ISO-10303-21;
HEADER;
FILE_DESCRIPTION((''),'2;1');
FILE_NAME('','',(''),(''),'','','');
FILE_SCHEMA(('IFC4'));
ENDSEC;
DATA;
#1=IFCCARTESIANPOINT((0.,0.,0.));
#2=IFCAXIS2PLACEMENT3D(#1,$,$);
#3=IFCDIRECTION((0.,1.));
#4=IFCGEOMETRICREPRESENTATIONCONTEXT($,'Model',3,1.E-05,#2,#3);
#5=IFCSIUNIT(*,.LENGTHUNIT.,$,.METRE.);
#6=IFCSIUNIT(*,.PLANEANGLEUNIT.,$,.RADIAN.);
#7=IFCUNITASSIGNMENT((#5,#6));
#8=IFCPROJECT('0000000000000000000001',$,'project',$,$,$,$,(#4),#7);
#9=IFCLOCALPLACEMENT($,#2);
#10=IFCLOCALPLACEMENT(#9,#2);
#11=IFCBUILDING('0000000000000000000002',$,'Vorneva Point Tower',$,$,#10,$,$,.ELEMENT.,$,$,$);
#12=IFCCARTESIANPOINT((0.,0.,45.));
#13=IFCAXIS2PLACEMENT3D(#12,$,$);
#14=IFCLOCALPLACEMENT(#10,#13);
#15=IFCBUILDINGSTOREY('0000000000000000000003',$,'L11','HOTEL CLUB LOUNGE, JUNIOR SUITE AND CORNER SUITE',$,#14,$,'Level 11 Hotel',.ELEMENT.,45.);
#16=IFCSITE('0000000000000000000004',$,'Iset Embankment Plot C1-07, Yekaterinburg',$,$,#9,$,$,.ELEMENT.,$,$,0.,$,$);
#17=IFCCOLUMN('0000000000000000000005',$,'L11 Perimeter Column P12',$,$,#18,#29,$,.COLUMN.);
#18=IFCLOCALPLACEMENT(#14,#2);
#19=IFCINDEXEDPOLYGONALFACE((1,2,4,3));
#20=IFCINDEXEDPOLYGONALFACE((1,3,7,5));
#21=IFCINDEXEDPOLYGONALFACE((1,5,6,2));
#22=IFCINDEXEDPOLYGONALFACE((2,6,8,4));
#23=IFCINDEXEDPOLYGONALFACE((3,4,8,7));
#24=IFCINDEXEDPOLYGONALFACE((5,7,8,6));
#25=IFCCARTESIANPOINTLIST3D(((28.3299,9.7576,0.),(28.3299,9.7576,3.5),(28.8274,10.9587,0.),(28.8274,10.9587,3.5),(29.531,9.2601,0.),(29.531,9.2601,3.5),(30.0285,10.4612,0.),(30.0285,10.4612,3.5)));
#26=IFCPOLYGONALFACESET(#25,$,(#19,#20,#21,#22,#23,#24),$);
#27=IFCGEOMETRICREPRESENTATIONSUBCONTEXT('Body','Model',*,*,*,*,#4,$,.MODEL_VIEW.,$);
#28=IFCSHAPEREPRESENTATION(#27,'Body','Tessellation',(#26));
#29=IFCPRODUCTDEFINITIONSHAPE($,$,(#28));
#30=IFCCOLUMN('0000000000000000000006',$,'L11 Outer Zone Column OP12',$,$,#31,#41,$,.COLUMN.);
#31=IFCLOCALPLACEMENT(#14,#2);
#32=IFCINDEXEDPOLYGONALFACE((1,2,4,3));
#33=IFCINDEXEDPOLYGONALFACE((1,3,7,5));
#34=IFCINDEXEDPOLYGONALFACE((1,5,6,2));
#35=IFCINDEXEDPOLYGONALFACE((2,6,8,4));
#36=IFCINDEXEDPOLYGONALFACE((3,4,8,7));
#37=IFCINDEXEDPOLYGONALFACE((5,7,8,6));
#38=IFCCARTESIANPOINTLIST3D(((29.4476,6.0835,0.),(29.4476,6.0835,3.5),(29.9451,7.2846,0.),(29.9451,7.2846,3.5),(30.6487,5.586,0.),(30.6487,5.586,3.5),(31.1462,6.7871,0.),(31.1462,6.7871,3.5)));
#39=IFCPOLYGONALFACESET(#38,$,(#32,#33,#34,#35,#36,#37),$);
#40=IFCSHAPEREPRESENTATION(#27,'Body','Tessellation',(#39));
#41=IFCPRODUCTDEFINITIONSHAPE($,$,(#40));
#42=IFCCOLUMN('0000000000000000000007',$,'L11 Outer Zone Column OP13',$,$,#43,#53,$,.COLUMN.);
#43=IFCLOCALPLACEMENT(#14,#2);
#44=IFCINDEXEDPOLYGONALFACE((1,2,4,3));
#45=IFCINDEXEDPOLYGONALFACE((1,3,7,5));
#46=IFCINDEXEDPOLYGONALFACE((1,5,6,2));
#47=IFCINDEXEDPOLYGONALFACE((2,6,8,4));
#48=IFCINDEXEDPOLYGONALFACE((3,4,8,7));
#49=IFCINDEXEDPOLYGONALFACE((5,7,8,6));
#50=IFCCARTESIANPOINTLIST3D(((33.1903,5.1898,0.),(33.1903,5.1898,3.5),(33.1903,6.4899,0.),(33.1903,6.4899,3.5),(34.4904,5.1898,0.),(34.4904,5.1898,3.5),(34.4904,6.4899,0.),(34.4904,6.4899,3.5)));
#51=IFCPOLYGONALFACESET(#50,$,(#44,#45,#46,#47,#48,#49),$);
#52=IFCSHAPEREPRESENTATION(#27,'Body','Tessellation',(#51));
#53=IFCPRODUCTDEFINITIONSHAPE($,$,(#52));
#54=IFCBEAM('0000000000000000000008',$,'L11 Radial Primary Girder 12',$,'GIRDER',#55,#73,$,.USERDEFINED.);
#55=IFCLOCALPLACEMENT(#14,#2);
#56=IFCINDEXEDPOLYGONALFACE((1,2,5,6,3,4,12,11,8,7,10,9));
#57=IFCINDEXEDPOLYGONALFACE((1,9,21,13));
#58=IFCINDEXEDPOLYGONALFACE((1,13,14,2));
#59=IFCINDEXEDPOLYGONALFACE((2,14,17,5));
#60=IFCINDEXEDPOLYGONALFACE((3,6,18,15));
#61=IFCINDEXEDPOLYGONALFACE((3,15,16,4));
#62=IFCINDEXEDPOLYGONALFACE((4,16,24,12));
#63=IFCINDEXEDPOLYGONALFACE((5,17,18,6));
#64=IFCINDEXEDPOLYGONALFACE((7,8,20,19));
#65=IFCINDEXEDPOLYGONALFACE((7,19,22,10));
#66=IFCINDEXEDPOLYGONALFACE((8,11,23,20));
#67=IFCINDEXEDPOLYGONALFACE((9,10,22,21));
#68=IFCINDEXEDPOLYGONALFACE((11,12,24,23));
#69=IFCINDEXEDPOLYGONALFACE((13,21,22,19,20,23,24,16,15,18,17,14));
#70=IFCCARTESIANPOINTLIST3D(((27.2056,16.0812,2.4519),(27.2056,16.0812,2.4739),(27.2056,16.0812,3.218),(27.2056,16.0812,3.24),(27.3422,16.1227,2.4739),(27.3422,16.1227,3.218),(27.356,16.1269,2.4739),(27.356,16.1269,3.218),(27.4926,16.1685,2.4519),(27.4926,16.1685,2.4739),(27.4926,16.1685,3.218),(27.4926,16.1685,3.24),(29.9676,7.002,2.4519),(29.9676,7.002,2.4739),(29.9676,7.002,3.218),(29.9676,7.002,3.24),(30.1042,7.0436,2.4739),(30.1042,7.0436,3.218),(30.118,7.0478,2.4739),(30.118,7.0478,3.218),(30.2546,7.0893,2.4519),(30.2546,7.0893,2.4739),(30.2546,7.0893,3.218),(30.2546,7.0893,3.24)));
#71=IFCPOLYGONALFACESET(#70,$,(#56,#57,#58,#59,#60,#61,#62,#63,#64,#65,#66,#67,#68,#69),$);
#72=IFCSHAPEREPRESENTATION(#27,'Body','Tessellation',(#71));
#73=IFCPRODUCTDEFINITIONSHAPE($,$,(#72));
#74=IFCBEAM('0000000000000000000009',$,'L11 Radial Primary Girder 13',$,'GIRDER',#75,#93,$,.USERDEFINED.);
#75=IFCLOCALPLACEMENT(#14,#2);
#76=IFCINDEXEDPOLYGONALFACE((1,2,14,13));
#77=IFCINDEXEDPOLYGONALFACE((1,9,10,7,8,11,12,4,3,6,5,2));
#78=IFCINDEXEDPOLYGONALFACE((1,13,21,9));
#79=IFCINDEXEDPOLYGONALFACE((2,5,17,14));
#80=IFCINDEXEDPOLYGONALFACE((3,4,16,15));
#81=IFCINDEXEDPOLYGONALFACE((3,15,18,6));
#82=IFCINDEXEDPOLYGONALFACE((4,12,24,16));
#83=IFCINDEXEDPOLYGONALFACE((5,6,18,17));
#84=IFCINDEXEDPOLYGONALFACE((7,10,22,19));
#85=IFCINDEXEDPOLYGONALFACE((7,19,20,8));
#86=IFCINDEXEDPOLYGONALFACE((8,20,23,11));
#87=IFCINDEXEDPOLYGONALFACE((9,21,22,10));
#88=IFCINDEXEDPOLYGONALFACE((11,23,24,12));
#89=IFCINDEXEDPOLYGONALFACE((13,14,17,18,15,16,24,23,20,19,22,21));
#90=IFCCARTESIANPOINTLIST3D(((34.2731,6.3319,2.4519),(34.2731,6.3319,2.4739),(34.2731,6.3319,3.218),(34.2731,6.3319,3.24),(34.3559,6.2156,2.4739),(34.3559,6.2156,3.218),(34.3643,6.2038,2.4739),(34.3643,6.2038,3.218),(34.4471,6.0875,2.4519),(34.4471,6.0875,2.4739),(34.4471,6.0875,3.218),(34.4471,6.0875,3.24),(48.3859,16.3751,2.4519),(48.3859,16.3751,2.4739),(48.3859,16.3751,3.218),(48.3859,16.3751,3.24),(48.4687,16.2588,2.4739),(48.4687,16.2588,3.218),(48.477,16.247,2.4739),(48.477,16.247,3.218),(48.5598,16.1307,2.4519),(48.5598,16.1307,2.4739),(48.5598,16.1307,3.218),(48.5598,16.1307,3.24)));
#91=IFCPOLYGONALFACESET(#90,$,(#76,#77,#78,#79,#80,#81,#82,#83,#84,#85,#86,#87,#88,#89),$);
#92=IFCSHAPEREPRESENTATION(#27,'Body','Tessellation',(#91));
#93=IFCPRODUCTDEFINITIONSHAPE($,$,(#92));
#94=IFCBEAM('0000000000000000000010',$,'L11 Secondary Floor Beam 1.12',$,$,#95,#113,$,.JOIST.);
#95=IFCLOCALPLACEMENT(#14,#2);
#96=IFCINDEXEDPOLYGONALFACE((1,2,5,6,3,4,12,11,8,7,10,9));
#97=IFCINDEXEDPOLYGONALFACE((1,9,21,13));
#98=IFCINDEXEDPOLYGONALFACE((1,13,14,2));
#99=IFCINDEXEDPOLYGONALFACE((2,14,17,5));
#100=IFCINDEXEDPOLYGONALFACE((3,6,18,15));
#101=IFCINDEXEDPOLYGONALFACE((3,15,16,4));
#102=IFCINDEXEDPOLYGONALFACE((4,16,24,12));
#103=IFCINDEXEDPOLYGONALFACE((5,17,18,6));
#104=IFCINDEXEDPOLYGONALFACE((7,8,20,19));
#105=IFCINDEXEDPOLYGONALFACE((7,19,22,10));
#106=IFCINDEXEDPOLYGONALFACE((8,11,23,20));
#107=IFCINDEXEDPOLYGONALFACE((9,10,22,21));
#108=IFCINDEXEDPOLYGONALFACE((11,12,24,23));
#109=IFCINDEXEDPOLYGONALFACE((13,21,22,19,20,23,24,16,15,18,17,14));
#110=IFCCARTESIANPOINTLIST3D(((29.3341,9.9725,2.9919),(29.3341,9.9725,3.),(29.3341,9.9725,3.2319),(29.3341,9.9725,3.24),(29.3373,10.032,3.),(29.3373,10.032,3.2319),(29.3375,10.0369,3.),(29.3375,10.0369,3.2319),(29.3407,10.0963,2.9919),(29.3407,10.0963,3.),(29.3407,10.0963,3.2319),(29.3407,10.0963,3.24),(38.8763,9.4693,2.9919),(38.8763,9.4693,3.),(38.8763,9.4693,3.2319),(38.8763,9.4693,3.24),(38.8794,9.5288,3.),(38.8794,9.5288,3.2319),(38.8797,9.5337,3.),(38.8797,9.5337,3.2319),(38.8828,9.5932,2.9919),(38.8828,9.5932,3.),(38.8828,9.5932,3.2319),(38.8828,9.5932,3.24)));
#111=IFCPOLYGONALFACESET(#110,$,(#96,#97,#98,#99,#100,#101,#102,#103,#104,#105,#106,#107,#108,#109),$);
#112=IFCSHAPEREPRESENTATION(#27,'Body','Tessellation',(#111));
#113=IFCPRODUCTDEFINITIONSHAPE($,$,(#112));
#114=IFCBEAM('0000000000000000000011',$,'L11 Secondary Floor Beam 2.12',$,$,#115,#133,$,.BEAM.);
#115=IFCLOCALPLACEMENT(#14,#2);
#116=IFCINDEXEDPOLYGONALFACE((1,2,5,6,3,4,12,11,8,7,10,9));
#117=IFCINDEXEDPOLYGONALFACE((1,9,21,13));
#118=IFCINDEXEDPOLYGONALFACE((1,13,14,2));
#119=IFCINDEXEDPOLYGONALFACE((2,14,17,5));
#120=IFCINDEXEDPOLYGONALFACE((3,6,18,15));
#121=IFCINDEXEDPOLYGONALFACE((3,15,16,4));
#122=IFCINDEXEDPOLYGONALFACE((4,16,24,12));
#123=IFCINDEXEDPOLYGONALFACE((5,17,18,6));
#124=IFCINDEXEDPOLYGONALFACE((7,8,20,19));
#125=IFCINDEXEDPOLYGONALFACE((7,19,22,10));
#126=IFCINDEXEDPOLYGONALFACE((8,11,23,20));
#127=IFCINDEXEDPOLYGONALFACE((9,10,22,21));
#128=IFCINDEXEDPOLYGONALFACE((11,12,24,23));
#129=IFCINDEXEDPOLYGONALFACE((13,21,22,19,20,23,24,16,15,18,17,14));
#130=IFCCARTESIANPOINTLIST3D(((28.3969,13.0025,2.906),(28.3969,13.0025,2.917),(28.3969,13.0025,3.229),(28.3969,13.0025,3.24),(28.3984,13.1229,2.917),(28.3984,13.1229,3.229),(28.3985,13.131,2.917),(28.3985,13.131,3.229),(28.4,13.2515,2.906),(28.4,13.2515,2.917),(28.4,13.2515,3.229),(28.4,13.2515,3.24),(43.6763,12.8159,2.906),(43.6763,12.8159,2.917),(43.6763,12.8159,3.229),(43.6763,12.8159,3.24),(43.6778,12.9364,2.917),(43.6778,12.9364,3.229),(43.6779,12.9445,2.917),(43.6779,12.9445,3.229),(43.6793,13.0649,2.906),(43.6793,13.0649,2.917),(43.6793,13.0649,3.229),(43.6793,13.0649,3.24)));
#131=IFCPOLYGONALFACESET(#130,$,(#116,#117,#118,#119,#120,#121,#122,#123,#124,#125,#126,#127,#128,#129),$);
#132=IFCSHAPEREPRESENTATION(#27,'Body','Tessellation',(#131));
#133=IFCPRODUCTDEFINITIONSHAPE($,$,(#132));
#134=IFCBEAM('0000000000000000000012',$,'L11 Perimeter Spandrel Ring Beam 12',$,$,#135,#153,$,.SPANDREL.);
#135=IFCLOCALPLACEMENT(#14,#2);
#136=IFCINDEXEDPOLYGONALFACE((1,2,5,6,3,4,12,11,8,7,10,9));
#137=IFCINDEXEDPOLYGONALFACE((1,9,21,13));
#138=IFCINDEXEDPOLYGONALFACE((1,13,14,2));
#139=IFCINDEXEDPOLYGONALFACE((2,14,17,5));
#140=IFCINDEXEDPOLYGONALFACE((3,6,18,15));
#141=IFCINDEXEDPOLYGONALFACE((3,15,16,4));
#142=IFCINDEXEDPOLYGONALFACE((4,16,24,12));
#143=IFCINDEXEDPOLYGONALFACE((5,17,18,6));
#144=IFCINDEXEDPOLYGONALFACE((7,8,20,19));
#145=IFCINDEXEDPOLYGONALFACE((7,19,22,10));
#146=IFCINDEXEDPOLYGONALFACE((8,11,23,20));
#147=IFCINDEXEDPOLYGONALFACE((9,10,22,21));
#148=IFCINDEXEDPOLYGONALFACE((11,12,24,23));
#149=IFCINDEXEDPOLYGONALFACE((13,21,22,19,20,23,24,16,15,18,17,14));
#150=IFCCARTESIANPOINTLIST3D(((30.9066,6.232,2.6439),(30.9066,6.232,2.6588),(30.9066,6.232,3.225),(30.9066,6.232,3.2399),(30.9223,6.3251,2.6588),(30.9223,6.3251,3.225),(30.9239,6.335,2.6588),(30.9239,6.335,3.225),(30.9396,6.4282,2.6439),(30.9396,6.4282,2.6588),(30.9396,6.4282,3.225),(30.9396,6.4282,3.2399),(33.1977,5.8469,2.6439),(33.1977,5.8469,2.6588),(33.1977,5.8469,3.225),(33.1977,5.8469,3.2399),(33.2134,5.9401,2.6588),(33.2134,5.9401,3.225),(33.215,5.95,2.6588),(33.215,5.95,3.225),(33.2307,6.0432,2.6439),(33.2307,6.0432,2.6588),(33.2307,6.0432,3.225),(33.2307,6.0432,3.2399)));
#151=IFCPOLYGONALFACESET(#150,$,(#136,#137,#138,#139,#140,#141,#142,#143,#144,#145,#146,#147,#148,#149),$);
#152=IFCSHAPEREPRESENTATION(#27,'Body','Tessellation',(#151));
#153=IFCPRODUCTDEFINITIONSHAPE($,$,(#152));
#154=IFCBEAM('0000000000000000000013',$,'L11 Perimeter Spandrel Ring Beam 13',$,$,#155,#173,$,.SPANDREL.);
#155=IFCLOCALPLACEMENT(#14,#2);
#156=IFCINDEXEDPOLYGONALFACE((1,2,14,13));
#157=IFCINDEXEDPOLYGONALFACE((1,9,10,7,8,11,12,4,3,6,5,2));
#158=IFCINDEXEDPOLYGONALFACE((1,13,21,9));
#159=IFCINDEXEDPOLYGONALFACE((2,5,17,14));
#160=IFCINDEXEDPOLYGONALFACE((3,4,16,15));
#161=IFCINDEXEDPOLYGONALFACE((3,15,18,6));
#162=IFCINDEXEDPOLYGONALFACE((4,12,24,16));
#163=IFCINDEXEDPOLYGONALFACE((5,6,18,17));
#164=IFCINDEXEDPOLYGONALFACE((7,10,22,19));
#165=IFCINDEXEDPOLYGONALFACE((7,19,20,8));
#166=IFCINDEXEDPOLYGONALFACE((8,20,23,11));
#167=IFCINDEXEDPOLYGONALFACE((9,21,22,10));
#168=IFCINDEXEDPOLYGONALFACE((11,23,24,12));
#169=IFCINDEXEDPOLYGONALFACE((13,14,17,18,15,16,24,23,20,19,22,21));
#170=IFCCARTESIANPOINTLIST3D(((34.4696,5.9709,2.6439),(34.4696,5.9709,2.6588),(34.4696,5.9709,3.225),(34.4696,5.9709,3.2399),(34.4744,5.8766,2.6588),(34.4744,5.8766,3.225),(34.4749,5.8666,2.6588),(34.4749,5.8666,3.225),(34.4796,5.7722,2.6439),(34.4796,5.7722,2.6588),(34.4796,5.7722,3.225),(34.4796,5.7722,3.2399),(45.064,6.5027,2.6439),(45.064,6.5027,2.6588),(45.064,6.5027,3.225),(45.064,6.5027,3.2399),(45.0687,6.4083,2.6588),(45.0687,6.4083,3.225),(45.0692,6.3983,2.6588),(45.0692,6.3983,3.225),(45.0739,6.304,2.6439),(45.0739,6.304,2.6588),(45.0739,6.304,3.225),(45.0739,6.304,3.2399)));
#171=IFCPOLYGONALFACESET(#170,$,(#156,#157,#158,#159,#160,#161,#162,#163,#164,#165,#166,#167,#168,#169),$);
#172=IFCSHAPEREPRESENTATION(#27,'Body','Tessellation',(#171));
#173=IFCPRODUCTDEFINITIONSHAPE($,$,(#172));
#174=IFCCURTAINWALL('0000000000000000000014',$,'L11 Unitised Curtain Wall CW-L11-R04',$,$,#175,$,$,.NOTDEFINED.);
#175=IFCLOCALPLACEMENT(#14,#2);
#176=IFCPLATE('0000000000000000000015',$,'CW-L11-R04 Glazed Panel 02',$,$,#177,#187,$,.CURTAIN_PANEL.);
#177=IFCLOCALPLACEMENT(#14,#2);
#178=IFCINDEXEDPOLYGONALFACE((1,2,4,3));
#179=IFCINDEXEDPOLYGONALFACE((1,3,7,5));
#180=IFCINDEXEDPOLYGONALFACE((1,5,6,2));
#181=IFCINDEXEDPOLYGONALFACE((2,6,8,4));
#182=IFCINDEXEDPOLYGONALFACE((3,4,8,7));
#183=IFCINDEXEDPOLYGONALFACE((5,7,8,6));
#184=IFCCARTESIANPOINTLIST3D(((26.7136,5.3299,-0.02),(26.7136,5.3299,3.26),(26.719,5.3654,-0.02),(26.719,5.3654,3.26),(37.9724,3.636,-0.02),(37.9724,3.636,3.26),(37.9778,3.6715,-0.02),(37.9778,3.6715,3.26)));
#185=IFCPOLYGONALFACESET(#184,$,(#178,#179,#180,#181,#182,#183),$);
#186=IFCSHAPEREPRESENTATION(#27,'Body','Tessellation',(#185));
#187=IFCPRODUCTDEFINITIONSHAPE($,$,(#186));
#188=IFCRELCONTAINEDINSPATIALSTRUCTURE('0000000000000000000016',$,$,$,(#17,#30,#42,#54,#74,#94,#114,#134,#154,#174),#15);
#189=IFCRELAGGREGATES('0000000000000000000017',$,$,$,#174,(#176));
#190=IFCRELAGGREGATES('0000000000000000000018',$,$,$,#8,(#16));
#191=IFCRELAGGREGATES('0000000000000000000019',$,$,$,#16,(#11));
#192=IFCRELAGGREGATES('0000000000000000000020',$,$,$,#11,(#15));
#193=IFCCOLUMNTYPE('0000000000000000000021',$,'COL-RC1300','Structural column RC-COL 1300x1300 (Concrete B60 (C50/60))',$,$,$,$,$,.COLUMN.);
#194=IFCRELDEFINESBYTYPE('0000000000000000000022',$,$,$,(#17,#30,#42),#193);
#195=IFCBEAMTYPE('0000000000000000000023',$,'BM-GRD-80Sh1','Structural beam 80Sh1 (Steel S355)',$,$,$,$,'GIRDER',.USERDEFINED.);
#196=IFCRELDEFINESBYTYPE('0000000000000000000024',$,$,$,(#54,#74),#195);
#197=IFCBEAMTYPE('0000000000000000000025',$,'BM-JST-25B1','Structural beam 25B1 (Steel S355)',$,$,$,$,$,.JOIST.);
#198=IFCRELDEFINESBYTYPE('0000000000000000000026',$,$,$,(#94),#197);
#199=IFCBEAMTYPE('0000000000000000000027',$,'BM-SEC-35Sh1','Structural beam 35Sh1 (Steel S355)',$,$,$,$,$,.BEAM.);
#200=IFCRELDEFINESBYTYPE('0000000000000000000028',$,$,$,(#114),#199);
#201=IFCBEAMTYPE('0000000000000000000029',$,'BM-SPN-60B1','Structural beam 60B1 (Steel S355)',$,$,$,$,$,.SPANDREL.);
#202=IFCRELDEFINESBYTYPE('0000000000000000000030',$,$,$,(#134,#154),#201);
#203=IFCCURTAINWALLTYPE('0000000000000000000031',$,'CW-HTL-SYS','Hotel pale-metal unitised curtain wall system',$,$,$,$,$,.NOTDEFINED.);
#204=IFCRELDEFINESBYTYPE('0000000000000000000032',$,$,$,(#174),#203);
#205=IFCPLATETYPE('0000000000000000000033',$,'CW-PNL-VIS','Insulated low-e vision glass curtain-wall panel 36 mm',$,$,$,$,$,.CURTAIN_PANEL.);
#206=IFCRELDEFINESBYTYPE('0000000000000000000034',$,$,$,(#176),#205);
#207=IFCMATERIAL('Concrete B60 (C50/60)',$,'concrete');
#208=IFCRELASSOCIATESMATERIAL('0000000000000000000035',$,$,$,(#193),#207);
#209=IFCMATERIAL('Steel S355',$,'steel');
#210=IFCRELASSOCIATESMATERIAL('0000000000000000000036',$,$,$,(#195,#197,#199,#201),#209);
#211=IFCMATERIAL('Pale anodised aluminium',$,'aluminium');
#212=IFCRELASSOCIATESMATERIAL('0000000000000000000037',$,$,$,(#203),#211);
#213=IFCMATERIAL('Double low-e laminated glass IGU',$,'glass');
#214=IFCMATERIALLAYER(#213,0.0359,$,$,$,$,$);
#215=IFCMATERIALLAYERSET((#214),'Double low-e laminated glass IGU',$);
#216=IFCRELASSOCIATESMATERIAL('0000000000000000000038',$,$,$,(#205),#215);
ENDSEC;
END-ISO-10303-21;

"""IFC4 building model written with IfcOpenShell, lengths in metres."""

from ifc_helpers import new_model, si_unit, direction, frame, origin, origin_2d, place, context, subcontext, project, spatial, rectangle, i_section, extrude, material, layer, layer_set, material_profile, profile_set, type_object, element, aggregate, save


model = new_model("IFC4")

# Units and contexts
model_context = context("Model", 3, precision=1e-05, world=origin(), true_north=direction((0.0, 1.0)))
body_context = subcontext(model_context, "Body", "Model", "MODEL_VIEW")
ifc_project = project(units=[si_unit("LENGTHUNIT", "METRE"), si_unit("PLANEANGLEUNIT", "RADIAN")], contexts=[model_context])

# Site, building, storey
site_placement = place(None, origin())
site = spatial("IfcSite", under=ifc_project, at=site_placement, Name="Iset Embankment Plot C1-07, Yekaterinburg", CompositionType="ELEMENT", RefElevation=0.0)
building_placement = place(site_placement, origin())
building = spatial("IfcBuilding", under=site, at=building_placement, Name="Vorneva Point Tower", CompositionType="ELEMENT")
storey_placement = place(building_placement, frame((0.0, 0.0, 45.0)))
storey = spatial("IfcBuildingStorey", under=building, at=storey_placement, Name="L11", Description="HOTEL CLUB LOUNGE, JUNIOR SUITE AND CORNER SUITE", LongName="Level 11 Hotel", CompositionType="ELEMENT", Elevation=45.0)

# Columns
ifc_material_1 = material(Name="Concrete B60 (C50/60)", Category="concrete")
ifc_material_profile_1 = material_profile(ifc_material_1, rectangle(XDim=1.3, YDim=1.3, at=origin_2d()), Name="RC-COL 1300x1300")
ifc_profile_set_1 = profile_set([ifc_material_profile_1], Name="Concrete B60 (C50/60)")
column_type = type_object("IfcColumnType", Name="COL-RC1300", Description="Structural column RC-COL 1300x1300 (Concrete B60 (C50/60))", PredefinedType="COLUMN", material=ifc_profile_set_1)
for number, where, z_axis, x_axis, name in (
    (1, (29.1792, 10.1094, 0.0), (0.0, 0.0, 1.0), (-0.382683, -0.92388, 0.0), "L11 Perimeter Column P12"),
    (2, (30.2969, 6.4353, 0.0), (0.0, 0.0, 1.0), (-0.382683, -0.92388, 0.0), "L11 Outer Zone Column OP12"),
    (3, (33.8403, 5.8398, 0.0), (0.0, 0.0, 1.0), (0.0, -1.0, 0.0), "L11 Outer Zone Column OP13"),
):
    element("IfcColumn", number, at=place(storey_placement, frame(where, z_axis=z_axis, x_axis=x_axis)), inside=storey, type_object=column_type, Name=name, PredefinedType="COLUMN", context=body_context, shape_type="SweptSolid", body=[
        extrude(rectangle(XDim=1.3, YDim=1.3, at=origin_2d()), origin(), (0.0, 0.0, 1.0), 3.5),
    ])

# Beams
ifc_material_2 = material(Name="Steel S355", Category="steel")
ifc_material_profile_2 = material_profile(ifc_material_2, i_section(OverallWidth=0.3, OverallDepth=0.7881, WebThickness=0.0144, FlangeThickness=0.022, at=origin_2d()), Name="80Sh1")
ifc_profile_set_2 = profile_set([ifc_material_profile_2], Name="Steel S355")
beam_type_1 = type_object("IfcBeamType", Name="BM-GRD-80Sh1", Description="Structural beam 80Sh1 (Steel S355)", ElementType="GIRDER", PredefinedType="USERDEFINED", material=ifc_profile_set_2)
beam_1_placement = place(storey_placement, frame((30.1111, 7.0457, 2.8459), z_axis=(-0.291042, 0.95671, 0.0), x_axis=(-0.95671, -0.291042, 0.0)))
element("IfcBeam", 4, at=beam_1_placement, inside=storey, type_object=beam_type_1, Name="L11 Radial Primary Girder 12", ObjectType="GIRDER", PredefinedType="USERDEFINED", context=body_context, shape_type="SweptSolid", body=[
    extrude(i_section(OverallWidth=0.3, OverallDepth=0.7881, WebThickness=0.0144, FlangeThickness=0.022, at=origin_2d()), origin(), (0.0, 0.0, 1.0), 9.49),
])
beam_2_placement = place(storey_placement, frame((34.3601, 6.2097, 2.8459), z_axis=(0.814752, 0.579809, 0.0), x_axis=(-0.579809, 0.814752, 0.0)))
element("IfcBeam", 5, at=beam_2_placement, inside=storey, type_object=beam_type_1, Name="L11 Radial Primary Girder 13", ObjectType="GIRDER", PredefinedType="USERDEFINED", context=body_context, shape_type="SweptSolid", body=[
    extrude(i_section(OverallWidth=0.3, OverallDepth=0.7881, WebThickness=0.0144, FlangeThickness=0.022, at=origin_2d()), origin(), (0.0, 0.0, 1.0), 17.3215),
])
ifc_material_profile_3 = material_profile(ifc_material_2, i_section(OverallWidth=0.124, OverallDepth=0.248, WebThickness=0.0049, FlangeThickness=0.0081, at=origin_2d()), Name="25B1")
ifc_profile_set_3 = profile_set([ifc_material_profile_3], Name="Steel S355")
beam_type_2 = type_object("IfcBeamType", Name="BM-JST-25B1", Description="Structural beam 25B1 (Steel S355)", PredefinedType="JOIST", material=ifc_profile_set_3)
beam_3_placement = place(storey_placement, frame((29.3374, 10.0344, 3.116), z_axis=(0.998613, -0.052658, 0.0), x_axis=(0.052658, 0.998613, 0.0)))
element("IfcBeam", 6, at=beam_3_placement, inside=storey, type_object=beam_type_2, Name="L11 Secondary Floor Beam 1.12", PredefinedType="JOIST", context=body_context, shape_type="SweptSolid", body=[
    extrude(i_section(OverallWidth=0.124, OverallDepth=0.248, WebThickness=0.0049, FlangeThickness=0.0081, at=origin_2d()), origin(), (0.0, 0.0, 1.0), 9.5554),
])
ifc_material_profile_4 = material_profile(ifc_material_2, i_section(OverallWidth=0.249, OverallDepth=0.334, WebThickness=0.0081, FlangeThickness=0.011, at=origin_2d()), Name="35Sh1")
ifc_profile_set_4 = profile_set([ifc_material_profile_4], Name="Steel S355")
beam_type_3 = type_object("IfcBeamType", Name="BM-SEC-35Sh1", Description="Structural beam 35Sh1 (Steel S355)", PredefinedType="BEAM", material=ifc_profile_set_4)
beam_4_placement = place(storey_placement, frame((28.3984, 13.127, 3.073), z_axis=(0.999925, -0.012207, 0.0), x_axis=(0.012207, 0.999925, 0.0)))
element("IfcBeam", 7, at=beam_4_placement, inside=storey, type_object=beam_type_3, Name="L11 Secondary Floor Beam 2.12", PredefinedType="BEAM", context=body_context, shape_type="SweptSolid", body=[
    extrude(i_section(OverallWidth=0.249, OverallDepth=0.334, WebThickness=0.0081, FlangeThickness=0.011, at=origin_2d()), origin(), (0.0, 0.0, 1.0), 15.2805),
])
ifc_material_profile_5 = material_profile(ifc_material_2, i_section(OverallWidth=0.199, OverallDepth=0.5959, WebThickness=0.01, FlangeThickness=0.0149, at=origin_2d()), Name="60B1")
ifc_profile_set_5 = profile_set([ifc_material_profile_5], Name="Steel S355")
beam_type_4 = type_object("IfcBeamType", Name="BM-SPN-60B1", Description="Structural beam 60B1 (Steel S355)", PredefinedType="SPANDREL", material=ifc_profile_set_5)
beam_5_placement = place(storey_placement, frame((30.9231, 6.3301, 2.9419), z_axis=(0.986171, -0.165728, 0.0), x_axis=(0.165728, 0.986171, 0.0)))
element("IfcBeam", 8, at=beam_5_placement, inside=storey, type_object=beam_type_4, Name="L11 Perimeter Spandrel Ring Beam 12", PredefinedType="SPANDREL", context=body_context, shape_type="SweptSolid", body=[
    extrude(i_section(OverallWidth=0.199, OverallDepth=0.5959, WebThickness=0.01, FlangeThickness=0.0149, at=origin_2d()), origin(), (0.0, 0.0, 1.0), 2.3232),
])
beam_6_placement = place(storey_placement, frame((34.4746, 5.8716, 2.9419), z_axis=(0.998743, 0.050128, 0.0), x_axis=(-0.050128, 0.998743, 0.0)))
element("IfcBeam", 9, at=beam_6_placement, inside=storey, type_object=beam_type_4, Name="L11 Perimeter Spandrel Ring Beam 13", PredefinedType="SPANDREL", context=body_context, shape_type="SweptSolid", body=[
    extrude(i_section(OverallWidth=0.199, OverallDepth=0.5959, WebThickness=0.01, FlangeThickness=0.0149, at=origin_2d()), origin(), (0.0, 0.0, 1.0), 10.6077),
])

# Curtain wall, plate
ifc_material_3 = material(Name="Pale anodised aluminium", Category="aluminium")
curtain_wall_type = type_object("IfcCurtainWallType", Name="CW-HTL-SYS", Description="Hotel pale-metal unitised curtain wall system", PredefinedType="NOTDEFINED", material=ifc_material_3)
curtain_wall_placement = place(storey_placement, origin())
curtain_wall = element("IfcCurtainWall", 10, at=curtain_wall_placement, inside=storey, type_object=curtain_wall_type, Name="L11 Unitised Curtain Wall CW-L11-R04", PredefinedType="NOTDEFINED")
ifc_material_4 = material(Name="Double low-e laminated glass IGU", Category="glass")
ifc_layer_1 = layer(ifc_material_4, 0.0359)
ifc_layer_set_1 = layer_set([ifc_layer_1], Name="Double low-e laminated glass IGU")
plate_type = type_object("IfcPlateType", Name="CW-PNL-VIS", Description="Insulated low-e vision glass curtain-wall panel 36 mm", PredefinedType="CURTAIN_PANEL", material=ifc_layer_set_1)
plate_placement = place(storey_placement, frame((32.3457, 4.5007, -0.02), z_axis=(0.0, 0.0, 1.0), x_axis=(0.988871, -0.148776, 0.0)))
plate = element("IfcPlate", 11, at=plate_placement, type_object=plate_type, Name="CW-L11-R04 Glazed Panel 02", PredefinedType="CURTAIN_PANEL", context=body_context, shape_type="SweptSolid", body=[
    extrude(rectangle(XDim=11.3855, YDim=0.0359, at=origin_2d()), origin(), (0.0, 0.0, 1.0), 3.28),
])
aggregate(curtain_wall, [plate])

save(model, "model.ifc")
